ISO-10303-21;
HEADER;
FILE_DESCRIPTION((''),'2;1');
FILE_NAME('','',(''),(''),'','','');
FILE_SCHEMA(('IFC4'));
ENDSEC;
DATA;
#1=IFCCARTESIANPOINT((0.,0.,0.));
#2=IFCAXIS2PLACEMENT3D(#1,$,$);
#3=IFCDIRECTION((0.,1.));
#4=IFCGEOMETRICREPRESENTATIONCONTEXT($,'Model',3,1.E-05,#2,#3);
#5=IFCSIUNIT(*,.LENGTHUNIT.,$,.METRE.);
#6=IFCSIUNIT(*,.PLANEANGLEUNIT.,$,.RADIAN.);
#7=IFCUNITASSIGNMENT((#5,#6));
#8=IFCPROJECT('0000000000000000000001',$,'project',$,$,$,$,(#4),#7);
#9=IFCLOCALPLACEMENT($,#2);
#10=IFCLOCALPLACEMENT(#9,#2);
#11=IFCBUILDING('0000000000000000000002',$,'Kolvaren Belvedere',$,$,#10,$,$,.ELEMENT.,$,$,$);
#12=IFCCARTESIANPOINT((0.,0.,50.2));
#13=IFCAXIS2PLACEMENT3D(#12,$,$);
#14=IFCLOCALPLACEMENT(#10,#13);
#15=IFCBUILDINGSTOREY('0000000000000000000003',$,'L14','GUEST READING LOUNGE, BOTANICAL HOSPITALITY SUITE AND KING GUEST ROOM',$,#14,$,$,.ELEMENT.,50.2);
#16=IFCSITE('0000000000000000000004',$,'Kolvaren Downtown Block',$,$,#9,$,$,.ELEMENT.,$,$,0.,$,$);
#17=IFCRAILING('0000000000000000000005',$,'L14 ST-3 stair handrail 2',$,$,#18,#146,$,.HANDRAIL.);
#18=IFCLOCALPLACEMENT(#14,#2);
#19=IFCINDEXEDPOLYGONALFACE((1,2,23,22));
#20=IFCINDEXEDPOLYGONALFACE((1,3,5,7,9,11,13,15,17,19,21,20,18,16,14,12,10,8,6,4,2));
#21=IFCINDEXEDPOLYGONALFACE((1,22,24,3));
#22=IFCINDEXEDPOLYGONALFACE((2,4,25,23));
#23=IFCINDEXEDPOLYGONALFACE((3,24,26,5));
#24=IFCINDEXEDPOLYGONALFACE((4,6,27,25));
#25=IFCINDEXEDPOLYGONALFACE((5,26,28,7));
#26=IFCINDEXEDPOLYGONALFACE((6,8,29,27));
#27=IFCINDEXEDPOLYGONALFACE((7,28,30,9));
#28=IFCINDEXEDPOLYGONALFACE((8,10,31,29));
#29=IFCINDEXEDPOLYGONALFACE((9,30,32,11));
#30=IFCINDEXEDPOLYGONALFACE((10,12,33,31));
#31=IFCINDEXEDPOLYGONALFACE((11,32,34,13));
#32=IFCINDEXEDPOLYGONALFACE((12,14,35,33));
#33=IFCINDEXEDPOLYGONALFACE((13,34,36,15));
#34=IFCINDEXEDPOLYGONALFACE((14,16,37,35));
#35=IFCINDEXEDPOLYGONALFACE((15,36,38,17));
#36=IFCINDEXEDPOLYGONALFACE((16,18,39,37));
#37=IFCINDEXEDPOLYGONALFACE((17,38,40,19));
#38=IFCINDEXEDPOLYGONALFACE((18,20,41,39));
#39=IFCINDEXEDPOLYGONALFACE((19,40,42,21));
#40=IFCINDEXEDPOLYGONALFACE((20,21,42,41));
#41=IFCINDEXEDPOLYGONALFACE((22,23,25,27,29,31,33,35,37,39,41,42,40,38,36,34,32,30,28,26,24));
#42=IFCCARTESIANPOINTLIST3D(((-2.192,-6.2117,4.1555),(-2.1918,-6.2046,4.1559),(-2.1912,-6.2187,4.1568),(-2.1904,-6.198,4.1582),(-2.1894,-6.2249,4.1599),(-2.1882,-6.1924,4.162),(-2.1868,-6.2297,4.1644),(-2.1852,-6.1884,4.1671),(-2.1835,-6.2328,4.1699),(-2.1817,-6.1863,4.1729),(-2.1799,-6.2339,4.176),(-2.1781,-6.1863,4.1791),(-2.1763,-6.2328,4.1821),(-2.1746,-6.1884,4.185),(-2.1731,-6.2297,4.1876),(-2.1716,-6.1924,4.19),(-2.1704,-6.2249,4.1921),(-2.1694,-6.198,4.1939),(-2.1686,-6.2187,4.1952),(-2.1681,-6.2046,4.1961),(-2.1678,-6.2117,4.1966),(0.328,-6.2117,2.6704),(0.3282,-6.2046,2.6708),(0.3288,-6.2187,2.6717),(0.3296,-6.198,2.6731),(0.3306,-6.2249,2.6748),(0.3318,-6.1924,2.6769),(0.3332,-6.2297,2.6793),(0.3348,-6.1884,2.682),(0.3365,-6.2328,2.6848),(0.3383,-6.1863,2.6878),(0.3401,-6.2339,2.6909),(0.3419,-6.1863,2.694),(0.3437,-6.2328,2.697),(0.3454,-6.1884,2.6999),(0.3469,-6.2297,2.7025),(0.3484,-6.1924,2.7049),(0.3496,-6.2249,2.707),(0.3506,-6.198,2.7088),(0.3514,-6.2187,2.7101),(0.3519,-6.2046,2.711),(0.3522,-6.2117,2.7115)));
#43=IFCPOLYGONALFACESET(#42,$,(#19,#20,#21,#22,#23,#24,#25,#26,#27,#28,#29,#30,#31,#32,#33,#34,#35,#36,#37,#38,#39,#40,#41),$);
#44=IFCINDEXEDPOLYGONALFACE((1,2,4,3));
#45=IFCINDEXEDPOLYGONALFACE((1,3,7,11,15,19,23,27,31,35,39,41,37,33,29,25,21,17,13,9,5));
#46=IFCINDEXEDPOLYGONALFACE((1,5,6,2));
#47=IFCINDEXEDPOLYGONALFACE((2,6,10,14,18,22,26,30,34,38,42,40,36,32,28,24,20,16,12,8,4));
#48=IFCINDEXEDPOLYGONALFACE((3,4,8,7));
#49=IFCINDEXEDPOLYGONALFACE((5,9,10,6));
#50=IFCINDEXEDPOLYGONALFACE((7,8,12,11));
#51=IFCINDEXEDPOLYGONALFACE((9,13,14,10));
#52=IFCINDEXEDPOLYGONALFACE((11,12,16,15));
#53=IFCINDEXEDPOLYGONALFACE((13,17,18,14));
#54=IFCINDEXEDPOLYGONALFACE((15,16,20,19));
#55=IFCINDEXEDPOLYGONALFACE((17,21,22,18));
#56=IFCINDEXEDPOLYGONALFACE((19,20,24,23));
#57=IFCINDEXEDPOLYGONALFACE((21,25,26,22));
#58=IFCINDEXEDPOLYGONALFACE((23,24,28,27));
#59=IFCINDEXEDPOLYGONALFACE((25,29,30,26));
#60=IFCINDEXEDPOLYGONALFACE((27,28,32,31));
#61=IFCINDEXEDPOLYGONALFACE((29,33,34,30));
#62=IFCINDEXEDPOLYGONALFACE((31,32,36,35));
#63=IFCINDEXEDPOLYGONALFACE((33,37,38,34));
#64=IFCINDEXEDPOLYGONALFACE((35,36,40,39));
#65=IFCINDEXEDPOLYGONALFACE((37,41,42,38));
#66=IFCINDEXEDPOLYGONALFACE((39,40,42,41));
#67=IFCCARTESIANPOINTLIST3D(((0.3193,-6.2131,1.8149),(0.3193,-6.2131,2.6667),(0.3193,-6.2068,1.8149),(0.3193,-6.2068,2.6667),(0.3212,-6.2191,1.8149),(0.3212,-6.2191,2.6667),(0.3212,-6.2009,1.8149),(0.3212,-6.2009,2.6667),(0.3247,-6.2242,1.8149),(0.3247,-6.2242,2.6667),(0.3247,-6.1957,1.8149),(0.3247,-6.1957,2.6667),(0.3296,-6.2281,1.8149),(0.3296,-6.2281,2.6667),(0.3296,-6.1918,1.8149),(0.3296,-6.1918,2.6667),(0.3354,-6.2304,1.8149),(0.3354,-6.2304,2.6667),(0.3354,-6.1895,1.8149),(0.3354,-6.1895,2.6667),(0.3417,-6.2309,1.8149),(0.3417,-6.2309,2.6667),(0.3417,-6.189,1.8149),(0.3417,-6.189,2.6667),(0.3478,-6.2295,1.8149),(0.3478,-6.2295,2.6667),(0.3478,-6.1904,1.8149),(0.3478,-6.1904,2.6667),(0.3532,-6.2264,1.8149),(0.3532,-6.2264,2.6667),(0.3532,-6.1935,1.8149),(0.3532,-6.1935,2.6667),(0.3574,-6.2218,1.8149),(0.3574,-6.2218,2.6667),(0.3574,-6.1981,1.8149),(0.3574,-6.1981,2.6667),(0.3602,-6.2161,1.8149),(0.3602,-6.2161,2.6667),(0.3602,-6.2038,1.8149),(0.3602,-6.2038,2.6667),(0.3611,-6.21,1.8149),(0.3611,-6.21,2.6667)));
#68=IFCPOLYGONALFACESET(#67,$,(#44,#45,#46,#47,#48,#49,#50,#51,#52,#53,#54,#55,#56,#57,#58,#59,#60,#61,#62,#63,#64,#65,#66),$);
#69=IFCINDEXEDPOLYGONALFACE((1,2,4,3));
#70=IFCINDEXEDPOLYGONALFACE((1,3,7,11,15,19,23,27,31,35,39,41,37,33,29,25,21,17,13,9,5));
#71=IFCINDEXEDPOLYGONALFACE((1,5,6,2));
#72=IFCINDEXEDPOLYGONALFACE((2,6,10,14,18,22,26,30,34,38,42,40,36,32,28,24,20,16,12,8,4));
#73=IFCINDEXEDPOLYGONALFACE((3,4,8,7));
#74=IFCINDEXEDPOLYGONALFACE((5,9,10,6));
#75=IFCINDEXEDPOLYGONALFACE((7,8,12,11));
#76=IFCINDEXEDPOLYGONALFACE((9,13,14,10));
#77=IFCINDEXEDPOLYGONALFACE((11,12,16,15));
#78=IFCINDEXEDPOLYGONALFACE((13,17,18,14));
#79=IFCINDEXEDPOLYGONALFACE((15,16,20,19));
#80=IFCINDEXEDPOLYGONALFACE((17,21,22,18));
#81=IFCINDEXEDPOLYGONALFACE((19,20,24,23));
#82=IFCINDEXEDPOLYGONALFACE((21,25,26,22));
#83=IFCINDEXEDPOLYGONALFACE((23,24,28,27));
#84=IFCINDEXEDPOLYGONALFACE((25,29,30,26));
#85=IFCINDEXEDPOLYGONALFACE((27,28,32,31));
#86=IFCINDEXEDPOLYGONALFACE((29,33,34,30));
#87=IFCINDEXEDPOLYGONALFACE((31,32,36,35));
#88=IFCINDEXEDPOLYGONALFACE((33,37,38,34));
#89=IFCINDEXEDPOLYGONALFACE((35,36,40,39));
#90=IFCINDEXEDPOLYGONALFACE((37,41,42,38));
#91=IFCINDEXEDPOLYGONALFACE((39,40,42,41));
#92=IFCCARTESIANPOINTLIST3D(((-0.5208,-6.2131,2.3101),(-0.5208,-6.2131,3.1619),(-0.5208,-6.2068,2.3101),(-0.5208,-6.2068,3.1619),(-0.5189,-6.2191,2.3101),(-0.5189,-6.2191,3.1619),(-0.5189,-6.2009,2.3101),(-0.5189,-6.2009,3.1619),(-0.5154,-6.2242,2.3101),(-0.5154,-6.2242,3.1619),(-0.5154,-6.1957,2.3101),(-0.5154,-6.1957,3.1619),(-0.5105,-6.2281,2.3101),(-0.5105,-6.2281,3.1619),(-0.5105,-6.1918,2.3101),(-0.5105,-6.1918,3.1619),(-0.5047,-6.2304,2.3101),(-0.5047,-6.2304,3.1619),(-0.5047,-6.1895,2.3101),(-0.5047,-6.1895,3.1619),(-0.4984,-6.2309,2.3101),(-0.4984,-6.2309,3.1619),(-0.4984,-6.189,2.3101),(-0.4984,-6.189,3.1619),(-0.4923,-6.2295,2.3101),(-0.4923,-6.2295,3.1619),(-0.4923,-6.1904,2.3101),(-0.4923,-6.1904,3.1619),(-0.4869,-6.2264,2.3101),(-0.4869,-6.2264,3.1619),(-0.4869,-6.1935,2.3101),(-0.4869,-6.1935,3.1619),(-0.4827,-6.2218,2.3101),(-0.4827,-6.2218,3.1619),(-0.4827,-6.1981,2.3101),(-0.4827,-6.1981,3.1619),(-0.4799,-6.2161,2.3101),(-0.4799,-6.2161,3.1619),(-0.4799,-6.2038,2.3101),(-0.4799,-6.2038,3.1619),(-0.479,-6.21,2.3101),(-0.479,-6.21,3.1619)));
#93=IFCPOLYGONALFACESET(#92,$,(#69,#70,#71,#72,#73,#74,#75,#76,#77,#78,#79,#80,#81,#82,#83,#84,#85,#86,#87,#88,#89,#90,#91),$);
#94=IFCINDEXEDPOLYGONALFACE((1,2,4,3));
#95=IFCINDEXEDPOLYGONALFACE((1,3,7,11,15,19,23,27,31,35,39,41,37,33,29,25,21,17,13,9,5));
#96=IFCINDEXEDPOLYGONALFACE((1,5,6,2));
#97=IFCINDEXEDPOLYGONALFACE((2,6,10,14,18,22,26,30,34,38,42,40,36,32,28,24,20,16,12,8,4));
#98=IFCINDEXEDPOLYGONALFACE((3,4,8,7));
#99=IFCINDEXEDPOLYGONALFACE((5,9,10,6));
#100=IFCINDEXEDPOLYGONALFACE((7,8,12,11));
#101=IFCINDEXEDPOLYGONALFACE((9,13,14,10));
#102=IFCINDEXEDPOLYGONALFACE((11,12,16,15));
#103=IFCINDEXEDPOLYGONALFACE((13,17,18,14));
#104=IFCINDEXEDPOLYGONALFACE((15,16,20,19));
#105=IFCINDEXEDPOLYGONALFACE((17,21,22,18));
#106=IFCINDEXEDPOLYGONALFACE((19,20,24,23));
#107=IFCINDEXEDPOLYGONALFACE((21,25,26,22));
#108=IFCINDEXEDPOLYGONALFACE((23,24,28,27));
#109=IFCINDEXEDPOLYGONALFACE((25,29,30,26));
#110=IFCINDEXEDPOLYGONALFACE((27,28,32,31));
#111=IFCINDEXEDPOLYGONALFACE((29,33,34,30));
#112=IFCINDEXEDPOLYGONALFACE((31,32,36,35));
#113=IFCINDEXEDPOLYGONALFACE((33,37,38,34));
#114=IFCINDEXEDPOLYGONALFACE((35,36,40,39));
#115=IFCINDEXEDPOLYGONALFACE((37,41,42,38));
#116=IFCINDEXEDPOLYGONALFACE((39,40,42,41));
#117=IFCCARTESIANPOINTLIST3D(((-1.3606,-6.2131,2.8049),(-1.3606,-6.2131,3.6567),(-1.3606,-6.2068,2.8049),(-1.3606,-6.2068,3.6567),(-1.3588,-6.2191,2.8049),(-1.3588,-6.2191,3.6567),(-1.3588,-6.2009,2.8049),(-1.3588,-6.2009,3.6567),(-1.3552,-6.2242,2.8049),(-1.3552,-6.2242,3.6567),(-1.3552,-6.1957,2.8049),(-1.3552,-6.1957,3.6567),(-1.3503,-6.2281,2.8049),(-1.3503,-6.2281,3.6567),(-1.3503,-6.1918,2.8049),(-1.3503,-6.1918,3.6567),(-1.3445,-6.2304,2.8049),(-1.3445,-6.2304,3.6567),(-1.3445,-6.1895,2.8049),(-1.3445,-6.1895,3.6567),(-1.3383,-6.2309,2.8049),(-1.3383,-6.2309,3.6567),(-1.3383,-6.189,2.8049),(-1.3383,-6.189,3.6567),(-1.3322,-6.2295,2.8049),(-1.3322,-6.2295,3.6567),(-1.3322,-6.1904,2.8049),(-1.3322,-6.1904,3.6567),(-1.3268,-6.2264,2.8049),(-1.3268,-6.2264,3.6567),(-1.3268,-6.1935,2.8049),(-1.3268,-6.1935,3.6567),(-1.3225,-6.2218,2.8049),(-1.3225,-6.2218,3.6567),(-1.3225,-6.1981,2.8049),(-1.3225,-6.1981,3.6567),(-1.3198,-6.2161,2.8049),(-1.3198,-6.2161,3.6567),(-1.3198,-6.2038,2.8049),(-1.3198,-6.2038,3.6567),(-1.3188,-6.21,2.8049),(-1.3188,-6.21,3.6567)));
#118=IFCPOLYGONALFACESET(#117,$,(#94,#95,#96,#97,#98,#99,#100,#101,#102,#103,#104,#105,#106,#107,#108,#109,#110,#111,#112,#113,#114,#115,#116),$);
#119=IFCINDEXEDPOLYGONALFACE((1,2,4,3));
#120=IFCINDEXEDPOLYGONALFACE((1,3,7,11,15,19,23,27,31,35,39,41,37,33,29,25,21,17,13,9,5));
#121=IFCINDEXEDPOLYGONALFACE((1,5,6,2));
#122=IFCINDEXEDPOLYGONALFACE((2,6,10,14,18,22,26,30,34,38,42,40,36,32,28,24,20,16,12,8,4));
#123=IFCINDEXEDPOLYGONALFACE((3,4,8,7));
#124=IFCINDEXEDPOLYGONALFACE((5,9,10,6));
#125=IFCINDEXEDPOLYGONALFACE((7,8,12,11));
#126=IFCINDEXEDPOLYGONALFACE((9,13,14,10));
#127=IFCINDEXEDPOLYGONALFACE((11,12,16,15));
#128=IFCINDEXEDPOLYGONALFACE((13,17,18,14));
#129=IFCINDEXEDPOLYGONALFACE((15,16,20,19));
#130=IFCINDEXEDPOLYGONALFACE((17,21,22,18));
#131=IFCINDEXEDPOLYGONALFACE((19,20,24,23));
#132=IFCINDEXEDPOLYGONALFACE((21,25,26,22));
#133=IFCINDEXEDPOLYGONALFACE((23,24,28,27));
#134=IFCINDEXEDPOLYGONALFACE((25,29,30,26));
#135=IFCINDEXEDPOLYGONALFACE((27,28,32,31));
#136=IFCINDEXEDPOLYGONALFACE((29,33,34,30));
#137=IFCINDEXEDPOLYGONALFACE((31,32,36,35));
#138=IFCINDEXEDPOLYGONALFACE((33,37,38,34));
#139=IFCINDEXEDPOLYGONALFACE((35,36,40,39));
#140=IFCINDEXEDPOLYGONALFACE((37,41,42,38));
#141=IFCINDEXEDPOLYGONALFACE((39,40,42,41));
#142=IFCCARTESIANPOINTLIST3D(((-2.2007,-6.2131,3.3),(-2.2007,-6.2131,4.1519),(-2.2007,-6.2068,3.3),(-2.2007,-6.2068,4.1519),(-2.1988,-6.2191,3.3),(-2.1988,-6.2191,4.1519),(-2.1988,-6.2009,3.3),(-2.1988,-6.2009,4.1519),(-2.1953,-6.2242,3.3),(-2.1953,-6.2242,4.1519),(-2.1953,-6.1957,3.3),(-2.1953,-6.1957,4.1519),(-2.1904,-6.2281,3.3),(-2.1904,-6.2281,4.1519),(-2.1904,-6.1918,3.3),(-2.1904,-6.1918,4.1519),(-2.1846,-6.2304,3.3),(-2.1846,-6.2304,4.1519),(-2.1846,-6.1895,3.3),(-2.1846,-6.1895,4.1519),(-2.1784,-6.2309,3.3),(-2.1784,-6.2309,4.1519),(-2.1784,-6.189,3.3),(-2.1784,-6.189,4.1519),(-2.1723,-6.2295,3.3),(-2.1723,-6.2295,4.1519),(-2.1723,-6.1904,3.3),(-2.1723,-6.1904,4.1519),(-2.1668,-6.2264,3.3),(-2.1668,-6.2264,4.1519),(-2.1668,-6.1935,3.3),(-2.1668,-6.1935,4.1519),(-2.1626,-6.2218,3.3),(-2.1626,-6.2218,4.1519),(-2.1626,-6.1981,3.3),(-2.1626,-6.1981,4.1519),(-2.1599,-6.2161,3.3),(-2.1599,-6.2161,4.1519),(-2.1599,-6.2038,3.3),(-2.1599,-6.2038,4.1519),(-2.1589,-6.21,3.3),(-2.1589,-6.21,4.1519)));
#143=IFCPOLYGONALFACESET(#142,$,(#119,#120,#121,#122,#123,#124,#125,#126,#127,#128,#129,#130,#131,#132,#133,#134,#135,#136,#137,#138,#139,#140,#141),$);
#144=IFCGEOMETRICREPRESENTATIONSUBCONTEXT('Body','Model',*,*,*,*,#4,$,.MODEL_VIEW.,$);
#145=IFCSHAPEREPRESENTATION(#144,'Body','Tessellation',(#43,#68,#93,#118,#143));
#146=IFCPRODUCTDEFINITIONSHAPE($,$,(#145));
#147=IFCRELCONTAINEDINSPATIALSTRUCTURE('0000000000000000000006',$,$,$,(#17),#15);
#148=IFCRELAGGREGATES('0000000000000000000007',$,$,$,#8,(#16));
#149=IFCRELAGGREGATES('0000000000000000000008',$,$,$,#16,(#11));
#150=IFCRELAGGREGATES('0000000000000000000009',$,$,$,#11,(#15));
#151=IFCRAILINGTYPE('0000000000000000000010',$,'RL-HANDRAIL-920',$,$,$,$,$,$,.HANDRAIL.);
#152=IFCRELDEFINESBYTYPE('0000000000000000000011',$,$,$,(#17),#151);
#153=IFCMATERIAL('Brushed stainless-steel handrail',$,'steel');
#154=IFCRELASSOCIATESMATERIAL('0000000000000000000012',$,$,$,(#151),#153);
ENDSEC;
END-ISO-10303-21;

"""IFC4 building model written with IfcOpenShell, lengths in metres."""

from ifc_helpers import new_model, si_unit, direction, frame, origin, origin_2d, place, context, subcontext, project, spatial, circle, extrude, material, type_object, element, save


model = new_model("IFC4")

# Units and contexts
model_context = context("Model", 3, precision=1e-05, world=origin(), true_north=direction((0.0, 1.0)))
body_context = subcontext(model_context, "Body", "Model", "MODEL_VIEW")
ifc_project = project(units=[si_unit("LENGTHUNIT", "METRE"), si_unit("PLANEANGLEUNIT", "RADIAN")], contexts=[model_context])

# Site, building, storey
site_placement = place(None, origin())
site = spatial("IfcSite", under=ifc_project, at=site_placement, Name="Kolvaren Downtown Block", CompositionType="ELEMENT", RefElevation=0.0)
building_placement = place(site_placement, origin())
building = spatial("IfcBuilding", under=site, at=building_placement, Name="Kolvaren Belvedere", CompositionType="ELEMENT")
storey_placement = place(building_placement, frame((0.0, 0.0, 50.2)))
storey = spatial("IfcBuildingStorey", under=building, at=storey_placement, Name="L14", Description="GUEST READING LOUNGE, BOTANICAL HOSPITALITY SUITE AND KING GUEST ROOM", CompositionType="ELEMENT", Elevation=50.2)

# Railing
ifc_material_1 = material(Name="Brushed stainless-steel handrail", Category="steel")
railing_type = type_object("IfcRailingType", Name="RL-HANDRAIL-920", PredefinedType="HANDRAIL", material=ifc_material_1)
railing_placement = place(storey_placement, frame((0.3401, -6.21, 1.8149)))
element("IfcRailing", 1, at=railing_placement, inside=storey, type_object=railing_type, Name="L14 ST-3 stair handrail 2", PredefinedType="HANDRAIL", context=body_context, shape_type="SweptSolid", body=[
    extrude(circle(Radius=0.0239, at=origin_2d()), frame((0.0, 0.0, 0.876), z_axis=(-0.861524, 0.0, 0.507717), x_axis=(0.0, -1.0, 0.0)), (0.0, 0.0, 1.0), 2.925),
    extrude(circle(Radius=0.021, at=origin_2d()), origin(), (0.0, 0.0, 1.0), 0.8518),
    extrude(circle(Radius=0.021, at=origin_2d()), frame((-0.8401, 0.0, 0.4951)), (0.0, 0.0, 1.0), 0.8518),
    extrude(circle(Radius=0.021, at=origin_2d()), frame((-1.6799, 0.0, 0.99)), (0.0, 0.0, 1.0), 0.8518),
    extrude(circle(Radius=0.021, at=origin_2d()), frame((-2.52, 0.0, 1.4851)), (0.0, 0.0, 1.0), 0.8518),
])

save(model, "model.ifc")
